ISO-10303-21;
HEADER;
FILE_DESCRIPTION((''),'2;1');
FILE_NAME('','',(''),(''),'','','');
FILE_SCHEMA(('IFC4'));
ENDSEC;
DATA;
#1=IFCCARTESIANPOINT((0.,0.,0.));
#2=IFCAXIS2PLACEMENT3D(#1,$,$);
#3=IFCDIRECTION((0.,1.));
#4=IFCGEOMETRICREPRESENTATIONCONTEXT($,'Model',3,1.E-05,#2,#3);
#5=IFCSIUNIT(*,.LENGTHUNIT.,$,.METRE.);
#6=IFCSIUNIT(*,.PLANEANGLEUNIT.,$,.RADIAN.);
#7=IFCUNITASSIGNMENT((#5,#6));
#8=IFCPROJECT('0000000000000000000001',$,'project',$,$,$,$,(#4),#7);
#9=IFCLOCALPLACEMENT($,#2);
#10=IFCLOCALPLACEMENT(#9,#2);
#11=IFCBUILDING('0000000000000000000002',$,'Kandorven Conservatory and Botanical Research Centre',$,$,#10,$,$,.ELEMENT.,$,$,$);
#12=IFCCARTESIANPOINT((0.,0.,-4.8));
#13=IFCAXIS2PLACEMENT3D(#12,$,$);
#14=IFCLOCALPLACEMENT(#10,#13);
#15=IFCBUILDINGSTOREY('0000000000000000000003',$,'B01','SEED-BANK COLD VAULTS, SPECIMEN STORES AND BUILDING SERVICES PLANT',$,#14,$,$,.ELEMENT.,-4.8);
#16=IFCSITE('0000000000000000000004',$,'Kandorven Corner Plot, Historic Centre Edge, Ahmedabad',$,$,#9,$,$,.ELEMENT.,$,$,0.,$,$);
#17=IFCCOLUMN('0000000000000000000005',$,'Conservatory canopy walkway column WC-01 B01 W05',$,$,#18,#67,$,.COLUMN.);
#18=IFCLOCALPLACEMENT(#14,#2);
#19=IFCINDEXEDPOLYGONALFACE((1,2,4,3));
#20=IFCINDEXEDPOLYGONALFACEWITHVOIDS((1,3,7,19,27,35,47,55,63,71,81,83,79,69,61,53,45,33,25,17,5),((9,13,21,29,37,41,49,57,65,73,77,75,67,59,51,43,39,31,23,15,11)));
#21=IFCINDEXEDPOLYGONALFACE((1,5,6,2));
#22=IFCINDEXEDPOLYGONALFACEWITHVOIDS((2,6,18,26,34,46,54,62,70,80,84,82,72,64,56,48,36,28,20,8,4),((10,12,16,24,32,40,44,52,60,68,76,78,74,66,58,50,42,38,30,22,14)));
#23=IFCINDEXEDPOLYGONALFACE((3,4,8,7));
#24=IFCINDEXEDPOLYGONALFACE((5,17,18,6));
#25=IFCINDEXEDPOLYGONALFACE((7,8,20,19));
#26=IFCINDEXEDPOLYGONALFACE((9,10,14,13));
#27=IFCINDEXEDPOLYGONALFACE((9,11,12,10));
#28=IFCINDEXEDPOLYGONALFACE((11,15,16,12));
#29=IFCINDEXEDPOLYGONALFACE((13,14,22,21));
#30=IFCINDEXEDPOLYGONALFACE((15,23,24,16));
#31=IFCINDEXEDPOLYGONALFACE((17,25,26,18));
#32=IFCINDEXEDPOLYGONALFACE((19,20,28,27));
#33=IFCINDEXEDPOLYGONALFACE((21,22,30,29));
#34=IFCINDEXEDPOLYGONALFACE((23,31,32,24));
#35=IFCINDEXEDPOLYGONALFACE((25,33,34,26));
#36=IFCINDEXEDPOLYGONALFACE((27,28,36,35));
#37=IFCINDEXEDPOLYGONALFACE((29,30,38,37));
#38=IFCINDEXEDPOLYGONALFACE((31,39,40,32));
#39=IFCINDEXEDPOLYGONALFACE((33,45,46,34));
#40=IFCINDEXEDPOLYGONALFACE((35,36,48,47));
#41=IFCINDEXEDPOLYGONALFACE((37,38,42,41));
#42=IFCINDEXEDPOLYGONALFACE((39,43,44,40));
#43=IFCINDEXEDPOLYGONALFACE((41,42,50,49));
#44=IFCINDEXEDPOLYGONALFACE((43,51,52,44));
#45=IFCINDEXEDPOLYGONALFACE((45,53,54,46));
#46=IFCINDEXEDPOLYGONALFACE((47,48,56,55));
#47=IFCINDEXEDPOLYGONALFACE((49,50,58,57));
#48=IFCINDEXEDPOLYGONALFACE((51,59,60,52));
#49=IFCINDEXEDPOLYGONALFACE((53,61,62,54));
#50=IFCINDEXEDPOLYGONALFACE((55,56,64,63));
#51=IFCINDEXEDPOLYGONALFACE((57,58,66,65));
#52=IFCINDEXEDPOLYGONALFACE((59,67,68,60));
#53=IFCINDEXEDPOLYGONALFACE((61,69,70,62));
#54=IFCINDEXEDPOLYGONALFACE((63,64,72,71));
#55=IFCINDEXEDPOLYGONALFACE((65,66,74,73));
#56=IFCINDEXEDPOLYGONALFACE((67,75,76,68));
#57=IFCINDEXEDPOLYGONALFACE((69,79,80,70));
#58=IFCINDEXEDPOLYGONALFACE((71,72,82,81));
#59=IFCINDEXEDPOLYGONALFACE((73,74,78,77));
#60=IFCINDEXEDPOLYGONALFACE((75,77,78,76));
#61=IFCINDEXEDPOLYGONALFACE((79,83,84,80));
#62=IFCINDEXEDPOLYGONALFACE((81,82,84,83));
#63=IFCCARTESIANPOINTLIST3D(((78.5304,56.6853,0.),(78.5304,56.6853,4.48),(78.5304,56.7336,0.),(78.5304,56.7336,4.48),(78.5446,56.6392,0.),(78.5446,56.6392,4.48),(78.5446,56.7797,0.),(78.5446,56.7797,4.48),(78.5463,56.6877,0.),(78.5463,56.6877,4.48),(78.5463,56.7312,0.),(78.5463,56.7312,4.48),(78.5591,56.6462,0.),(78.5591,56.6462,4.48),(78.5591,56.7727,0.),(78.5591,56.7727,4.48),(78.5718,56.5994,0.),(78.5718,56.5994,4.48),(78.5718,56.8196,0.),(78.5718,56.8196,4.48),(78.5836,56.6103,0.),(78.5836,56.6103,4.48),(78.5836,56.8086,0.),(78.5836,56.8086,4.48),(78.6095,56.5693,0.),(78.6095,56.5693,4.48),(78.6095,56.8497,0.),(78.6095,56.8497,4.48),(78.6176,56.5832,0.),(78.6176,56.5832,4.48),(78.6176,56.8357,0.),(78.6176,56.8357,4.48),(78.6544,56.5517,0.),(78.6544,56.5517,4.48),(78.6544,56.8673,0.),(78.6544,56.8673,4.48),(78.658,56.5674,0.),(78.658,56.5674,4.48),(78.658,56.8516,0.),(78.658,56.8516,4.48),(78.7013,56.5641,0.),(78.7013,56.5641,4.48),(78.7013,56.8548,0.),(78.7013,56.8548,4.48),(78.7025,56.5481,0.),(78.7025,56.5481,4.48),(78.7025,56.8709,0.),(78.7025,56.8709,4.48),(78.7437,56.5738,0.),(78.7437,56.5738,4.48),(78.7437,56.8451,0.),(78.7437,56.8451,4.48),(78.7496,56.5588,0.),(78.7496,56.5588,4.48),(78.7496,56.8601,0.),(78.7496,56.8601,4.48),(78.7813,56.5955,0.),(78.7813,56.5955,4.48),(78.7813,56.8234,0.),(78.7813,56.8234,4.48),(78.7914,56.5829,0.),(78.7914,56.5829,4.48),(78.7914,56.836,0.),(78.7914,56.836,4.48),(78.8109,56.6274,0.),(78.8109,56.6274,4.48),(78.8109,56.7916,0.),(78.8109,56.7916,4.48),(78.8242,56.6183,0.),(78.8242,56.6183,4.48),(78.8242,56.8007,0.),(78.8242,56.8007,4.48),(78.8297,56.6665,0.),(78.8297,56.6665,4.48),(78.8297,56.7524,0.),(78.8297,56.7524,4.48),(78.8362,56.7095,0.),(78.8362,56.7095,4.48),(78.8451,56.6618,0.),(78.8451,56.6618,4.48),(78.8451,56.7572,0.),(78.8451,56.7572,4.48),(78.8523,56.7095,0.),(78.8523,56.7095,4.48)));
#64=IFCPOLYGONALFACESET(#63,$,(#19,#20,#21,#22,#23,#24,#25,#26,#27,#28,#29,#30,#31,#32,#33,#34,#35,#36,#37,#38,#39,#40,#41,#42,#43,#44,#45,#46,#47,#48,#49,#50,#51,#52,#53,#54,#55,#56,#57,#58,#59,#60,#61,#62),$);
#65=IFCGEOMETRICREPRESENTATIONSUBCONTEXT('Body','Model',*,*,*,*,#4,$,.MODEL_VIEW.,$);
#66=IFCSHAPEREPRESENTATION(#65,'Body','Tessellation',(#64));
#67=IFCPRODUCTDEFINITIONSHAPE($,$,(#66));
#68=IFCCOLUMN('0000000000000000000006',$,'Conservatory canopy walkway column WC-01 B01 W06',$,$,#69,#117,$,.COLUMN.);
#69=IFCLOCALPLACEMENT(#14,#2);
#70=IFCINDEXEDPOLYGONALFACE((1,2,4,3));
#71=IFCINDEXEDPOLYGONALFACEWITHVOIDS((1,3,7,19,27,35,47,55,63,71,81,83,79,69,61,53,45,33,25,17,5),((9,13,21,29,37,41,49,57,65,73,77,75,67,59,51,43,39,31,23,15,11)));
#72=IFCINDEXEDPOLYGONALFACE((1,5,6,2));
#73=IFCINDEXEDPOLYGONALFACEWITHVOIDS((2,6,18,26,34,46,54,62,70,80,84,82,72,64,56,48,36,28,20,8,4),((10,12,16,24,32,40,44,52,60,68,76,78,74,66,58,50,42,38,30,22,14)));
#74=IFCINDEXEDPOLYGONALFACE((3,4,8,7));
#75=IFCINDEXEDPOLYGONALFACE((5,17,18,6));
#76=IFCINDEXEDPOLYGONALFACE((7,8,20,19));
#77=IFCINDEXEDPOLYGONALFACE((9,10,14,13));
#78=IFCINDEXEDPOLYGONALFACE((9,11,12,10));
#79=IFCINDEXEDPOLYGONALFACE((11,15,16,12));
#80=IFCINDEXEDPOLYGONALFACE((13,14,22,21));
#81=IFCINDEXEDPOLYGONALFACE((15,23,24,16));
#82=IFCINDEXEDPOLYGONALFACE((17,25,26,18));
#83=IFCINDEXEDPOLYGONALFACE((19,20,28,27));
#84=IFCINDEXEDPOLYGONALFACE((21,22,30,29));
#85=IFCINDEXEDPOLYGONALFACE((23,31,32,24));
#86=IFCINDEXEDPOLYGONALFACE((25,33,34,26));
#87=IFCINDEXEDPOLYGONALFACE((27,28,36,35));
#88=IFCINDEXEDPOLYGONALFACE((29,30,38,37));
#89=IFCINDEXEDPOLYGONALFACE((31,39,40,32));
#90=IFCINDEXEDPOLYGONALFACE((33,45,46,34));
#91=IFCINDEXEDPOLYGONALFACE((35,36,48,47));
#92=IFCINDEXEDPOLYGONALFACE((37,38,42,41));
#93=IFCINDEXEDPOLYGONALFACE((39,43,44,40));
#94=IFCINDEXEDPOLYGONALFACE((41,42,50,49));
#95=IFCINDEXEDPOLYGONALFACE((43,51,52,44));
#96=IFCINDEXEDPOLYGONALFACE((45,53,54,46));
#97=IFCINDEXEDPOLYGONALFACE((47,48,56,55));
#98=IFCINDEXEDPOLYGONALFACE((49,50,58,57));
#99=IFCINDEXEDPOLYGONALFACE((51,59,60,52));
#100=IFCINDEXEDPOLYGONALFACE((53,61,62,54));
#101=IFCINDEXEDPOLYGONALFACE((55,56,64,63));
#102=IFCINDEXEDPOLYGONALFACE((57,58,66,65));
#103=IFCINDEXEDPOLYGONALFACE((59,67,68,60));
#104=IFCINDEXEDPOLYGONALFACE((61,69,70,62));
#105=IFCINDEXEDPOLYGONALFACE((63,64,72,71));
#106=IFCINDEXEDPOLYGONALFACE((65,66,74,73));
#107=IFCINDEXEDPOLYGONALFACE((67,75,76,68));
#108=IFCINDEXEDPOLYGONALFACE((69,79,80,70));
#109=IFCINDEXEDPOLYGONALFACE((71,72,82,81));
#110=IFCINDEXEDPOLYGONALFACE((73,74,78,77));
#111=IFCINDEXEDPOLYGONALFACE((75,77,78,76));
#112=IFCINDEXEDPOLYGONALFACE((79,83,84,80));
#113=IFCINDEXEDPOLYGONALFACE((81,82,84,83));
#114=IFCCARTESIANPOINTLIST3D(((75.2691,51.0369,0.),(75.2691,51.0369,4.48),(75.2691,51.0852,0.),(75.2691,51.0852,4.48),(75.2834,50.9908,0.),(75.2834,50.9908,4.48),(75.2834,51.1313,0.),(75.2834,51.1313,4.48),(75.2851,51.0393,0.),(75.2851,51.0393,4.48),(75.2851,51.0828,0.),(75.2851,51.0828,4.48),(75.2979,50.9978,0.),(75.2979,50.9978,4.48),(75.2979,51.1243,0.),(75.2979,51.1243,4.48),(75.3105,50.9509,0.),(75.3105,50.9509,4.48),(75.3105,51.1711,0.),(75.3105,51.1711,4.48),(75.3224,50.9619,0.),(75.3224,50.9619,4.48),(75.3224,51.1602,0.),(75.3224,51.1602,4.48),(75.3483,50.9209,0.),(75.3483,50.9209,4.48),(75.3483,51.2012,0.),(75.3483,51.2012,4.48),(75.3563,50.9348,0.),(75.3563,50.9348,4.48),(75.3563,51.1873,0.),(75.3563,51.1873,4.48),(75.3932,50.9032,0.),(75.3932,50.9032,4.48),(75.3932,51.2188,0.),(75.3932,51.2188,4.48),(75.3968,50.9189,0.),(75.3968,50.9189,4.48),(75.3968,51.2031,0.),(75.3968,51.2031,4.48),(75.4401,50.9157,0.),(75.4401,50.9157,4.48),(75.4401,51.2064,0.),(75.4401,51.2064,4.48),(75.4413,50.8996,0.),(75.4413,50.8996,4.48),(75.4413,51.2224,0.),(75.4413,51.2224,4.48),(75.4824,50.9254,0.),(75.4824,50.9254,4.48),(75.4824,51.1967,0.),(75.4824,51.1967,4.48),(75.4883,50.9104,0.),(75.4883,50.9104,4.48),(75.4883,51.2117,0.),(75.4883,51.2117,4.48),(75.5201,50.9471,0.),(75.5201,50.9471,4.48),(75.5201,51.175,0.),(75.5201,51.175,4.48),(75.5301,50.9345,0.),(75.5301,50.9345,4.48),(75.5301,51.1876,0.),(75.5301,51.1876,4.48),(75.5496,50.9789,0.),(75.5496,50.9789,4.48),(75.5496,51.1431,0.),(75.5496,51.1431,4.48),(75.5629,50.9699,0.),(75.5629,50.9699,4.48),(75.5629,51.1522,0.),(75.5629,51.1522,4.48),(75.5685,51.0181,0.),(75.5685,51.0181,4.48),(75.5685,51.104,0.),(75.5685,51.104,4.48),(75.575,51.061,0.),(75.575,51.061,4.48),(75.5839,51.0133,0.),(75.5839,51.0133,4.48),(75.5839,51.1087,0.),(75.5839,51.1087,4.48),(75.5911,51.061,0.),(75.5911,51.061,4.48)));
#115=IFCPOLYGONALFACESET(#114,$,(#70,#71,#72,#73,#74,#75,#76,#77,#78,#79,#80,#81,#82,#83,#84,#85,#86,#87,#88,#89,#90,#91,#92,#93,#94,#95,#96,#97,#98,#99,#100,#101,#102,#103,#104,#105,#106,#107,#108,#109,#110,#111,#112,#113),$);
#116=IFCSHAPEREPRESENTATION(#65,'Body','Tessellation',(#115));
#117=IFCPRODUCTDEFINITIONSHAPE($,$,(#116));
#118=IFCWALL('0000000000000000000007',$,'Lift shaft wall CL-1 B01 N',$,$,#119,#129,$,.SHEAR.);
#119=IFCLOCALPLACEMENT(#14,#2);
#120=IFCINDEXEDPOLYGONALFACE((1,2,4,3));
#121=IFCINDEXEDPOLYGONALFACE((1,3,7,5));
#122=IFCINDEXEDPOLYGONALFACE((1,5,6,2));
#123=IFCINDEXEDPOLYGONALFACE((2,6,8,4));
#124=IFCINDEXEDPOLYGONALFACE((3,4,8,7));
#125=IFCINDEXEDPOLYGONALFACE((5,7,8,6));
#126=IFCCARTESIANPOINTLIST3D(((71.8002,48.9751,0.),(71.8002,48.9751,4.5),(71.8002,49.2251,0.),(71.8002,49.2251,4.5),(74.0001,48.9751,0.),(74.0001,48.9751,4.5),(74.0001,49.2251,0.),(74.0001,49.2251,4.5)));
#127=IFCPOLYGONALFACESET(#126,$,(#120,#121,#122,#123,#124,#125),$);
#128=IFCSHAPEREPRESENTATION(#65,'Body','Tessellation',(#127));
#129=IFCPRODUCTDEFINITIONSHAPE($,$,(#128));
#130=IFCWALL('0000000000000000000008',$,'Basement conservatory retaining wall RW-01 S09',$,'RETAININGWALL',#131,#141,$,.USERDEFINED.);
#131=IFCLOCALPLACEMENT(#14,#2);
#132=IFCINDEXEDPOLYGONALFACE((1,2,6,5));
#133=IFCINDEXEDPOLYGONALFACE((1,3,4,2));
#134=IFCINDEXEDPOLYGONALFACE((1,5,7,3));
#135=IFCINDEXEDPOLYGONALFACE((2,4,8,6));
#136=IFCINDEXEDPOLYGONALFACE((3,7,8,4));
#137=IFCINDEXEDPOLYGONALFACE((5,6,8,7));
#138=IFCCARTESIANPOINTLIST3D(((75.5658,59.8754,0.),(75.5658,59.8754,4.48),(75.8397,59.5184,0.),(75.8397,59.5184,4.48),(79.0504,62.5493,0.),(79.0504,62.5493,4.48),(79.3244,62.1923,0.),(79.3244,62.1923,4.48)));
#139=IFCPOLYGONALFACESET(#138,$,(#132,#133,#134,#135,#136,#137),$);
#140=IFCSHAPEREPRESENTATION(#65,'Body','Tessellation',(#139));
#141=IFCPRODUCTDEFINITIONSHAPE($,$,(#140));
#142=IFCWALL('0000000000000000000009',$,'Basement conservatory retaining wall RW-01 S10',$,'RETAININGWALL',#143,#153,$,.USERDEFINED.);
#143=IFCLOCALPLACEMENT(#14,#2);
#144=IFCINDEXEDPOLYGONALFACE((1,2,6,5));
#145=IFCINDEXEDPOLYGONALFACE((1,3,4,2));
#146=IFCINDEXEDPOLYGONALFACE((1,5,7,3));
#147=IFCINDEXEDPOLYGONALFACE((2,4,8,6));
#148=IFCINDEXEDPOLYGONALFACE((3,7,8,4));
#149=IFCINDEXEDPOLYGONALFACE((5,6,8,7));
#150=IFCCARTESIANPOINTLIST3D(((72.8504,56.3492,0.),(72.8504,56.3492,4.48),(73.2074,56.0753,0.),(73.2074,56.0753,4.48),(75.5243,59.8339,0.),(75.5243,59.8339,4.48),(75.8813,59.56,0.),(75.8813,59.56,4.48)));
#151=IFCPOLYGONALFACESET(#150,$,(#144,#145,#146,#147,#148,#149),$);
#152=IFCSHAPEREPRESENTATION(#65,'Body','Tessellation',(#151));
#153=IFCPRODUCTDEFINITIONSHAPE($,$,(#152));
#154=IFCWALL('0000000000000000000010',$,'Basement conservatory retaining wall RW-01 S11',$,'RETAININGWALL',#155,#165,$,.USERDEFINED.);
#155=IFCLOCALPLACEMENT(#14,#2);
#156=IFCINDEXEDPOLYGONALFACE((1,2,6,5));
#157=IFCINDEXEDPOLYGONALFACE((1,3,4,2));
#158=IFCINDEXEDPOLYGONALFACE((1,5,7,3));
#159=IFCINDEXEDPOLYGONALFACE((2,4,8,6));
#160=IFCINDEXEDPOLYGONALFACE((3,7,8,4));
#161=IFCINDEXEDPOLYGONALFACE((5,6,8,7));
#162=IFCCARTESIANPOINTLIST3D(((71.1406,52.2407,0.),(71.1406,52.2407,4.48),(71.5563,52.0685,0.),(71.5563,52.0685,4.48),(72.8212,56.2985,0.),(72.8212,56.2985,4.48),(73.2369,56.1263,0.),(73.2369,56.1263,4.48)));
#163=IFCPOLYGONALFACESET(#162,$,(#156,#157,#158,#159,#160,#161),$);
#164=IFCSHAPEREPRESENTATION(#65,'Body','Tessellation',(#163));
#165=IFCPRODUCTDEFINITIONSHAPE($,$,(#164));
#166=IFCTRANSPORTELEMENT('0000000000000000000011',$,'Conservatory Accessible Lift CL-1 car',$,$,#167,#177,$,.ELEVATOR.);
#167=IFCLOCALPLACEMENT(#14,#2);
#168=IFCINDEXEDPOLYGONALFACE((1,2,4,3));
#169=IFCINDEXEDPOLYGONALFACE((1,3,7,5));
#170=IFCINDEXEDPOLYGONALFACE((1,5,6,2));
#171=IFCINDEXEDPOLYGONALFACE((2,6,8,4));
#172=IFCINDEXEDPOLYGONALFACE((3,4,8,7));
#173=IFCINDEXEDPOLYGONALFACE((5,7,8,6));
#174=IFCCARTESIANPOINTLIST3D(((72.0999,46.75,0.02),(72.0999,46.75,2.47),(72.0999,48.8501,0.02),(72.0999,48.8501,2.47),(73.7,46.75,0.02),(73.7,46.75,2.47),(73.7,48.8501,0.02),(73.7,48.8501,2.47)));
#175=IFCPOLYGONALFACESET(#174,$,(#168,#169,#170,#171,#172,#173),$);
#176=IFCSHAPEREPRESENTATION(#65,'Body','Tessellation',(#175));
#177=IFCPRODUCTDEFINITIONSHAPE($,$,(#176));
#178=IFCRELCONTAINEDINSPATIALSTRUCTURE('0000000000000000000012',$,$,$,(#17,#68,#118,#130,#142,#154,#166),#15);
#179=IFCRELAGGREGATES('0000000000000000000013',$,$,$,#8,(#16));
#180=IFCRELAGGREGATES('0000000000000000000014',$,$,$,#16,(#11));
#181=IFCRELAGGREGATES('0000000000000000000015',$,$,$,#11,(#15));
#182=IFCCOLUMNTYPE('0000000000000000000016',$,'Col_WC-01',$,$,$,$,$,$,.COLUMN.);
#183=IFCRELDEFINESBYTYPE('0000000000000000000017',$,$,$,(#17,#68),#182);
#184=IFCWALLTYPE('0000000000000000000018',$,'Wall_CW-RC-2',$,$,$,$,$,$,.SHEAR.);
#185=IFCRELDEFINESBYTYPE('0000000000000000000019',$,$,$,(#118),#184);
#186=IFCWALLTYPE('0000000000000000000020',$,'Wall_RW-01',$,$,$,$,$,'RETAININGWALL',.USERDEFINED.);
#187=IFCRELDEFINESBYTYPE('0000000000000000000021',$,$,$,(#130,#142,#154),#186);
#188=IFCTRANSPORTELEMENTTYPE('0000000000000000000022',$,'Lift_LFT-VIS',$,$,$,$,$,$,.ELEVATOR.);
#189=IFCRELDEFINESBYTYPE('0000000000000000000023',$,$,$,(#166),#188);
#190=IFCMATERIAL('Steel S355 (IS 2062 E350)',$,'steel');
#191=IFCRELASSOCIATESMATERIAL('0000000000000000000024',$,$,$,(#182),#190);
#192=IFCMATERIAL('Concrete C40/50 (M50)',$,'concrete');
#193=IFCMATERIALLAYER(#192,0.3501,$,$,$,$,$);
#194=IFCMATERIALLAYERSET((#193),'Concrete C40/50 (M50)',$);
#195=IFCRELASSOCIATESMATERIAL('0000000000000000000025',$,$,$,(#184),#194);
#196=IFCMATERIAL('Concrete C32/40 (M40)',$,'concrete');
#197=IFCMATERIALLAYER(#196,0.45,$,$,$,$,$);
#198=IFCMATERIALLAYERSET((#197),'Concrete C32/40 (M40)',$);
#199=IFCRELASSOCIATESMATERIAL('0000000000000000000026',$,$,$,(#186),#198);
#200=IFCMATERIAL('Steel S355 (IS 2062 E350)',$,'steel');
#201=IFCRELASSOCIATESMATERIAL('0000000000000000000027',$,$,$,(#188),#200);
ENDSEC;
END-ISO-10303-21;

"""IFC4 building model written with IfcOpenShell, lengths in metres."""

from ifc_helpers import new_model, si_unit, direction, frame, frame_2d, origin, origin_2d, place, context, subcontext, project, spatial, rectangle, hollow_circle, extrude, material, layer, layer_set, material_profile, profile_set, type_object, element, save


model = new_model("IFC4")

# Units and contexts
model_context = context("Model", 3, precision=1e-05, world=origin(), true_north=direction((0.0, 1.0)))
body_context = subcontext(model_context, "Body", "Model", "MODEL_VIEW")
ifc_project = project(units=[si_unit("LENGTHUNIT", "METRE"), si_unit("PLANEANGLEUNIT", "RADIAN")], contexts=[model_context])

# Site, building, storey
site_placement = place(None, origin())
site = spatial("IfcSite", under=ifc_project, at=site_placement, Name="Kandorven Corner Plot, Historic Centre Edge, Ahmedabad", CompositionType="ELEMENT", RefElevation=0.0)
building_placement = place(site_placement, origin())
building = spatial("IfcBuilding", under=site, at=building_placement, Name="Kandorven Conservatory and Botanical Research Centre", CompositionType="ELEMENT")
storey_placement = place(building_placement, frame((0.0, 0.0, -4.8)))
storey = spatial("IfcBuildingStorey", under=building, at=storey_placement, Name="B01", Description="SEED-BANK COLD VAULTS, SPECIMEN STORES AND BUILDING SERVICES PLANT", CompositionType="ELEMENT", Elevation=-4.8)

# Columns
ifc_material_1 = material(Name="Steel S355 (IS 2062 E350)", Category="steel")
ifc_material_profile_1 = material_profile(ifc_material_1, hollow_circle(Radius=0.1619, WallThickness=0.0161, at=origin_2d()))
ifc_profile_set_1 = profile_set([ifc_material_profile_1], Name="Steel S355 (IS 2062 E350)")
column_type_1 = type_object("IfcColumnType", Name="Col_WC-01", PredefinedType="COLUMN", material=ifc_profile_set_1)
for number, where, z_axis, x_axis, name in (
    (1, (78.6904, 56.7095, 0.0), (0.0, 0.0, 1.0), (1.0, 0.0, 0.0), "Conservatory canopy walkway column WC-01 B01 W05"),
    (2, (75.4292, 51.061, 0.0), (0.0, 0.0, 1.0), (1.0, 0.0, 0.0), "Conservatory canopy walkway column WC-01 B01 W06"),
):
    element("IfcColumn", number, at=place(storey_placement, frame(where, z_axis=z_axis, x_axis=x_axis)), inside=storey, type_object=column_type_1, Name=name, PredefinedType="COLUMN", context=body_context, shape_type="SweptSolid", body=[
        extrude(hollow_circle(Radius=0.1619, WallThickness=0.0161, at=origin_2d()), origin(), (0.0, 0.0, 1.0), 4.48),
    ])

# Walls
ifc_material_2 = material(Name="Concrete C40/50 (M50)", Category="concrete")
ifc_layer_1 = layer(ifc_material_2, 0.3501)
ifc_layer_set_1 = layer_set([ifc_layer_1], Name="Concrete C40/50 (M50)")
wall_type_1 = type_object("IfcWallType", Name="Wall_CW-RC-2", PredefinedType="SHEAR", material=ifc_layer_set_1)
wall_1_placement = place(storey_placement, frame((71.8, 49.1001, 0.0), z_axis=(0.0, 0.0, 1.0), x_axis=(1.0, 0.0, 0.0)))
element("IfcWall", 3, at=wall_1_placement, inside=storey, type_object=wall_type_1, Name="Lift shaft wall CL-1 B01 N", PredefinedType="SHEAR", context=body_context, shape_type="SweptSolid", body=[
    extrude(rectangle(XDim=2.2, YDim=0.25, at=frame_2d((1.1001, 0.0))), origin(), (0.0, 0.0, 1.0), 4.5),
])
ifc_material_3 = material(Name="Concrete C32/40 (M40)", Category="concrete")
ifc_layer_2 = layer(ifc_material_3, 0.45)
ifc_layer_set_2 = layer_set([ifc_layer_2], Name="Concrete C32/40 (M40)")
wall_type_2 = type_object("IfcWallType", Name="Wall_RW-01", ElementType="RETAININGWALL", PredefinedType="USERDEFINED", material=ifc_layer_set_2)
for number, where, z_axis, x_axis, name in (
    (4, (79.1875, 62.3708, 0.0), (0.0, 0.0, 1.0), (-0.793355, -0.608759, 0.0), "Basement conservatory retaining wall RW-01 S09"),
    (5, (75.7029, 59.697, 0.0), (0.0, 0.0, 1.0), (-0.608759, -0.793355, 0.0), "Basement conservatory retaining wall RW-01 S10"),
):
    element("IfcWall", number, at=place(storey_placement, frame(where, z_axis=z_axis, x_axis=x_axis)), inside=storey, type_object=wall_type_2, Name=name, ObjectType="RETAININGWALL", PredefinedType="USERDEFINED", context=body_context, shape_type="SweptSolid", body=[
        extrude(rectangle(XDim=4.3923, YDim=0.45, at=frame_2d((2.1963, 0.0))), origin(), (0.0, 0.0, 1.0), 4.48),
    ])
wall_2_placement = place(storey_placement, frame((73.0291, 56.2124, 0.0), z_axis=(0.0, 0.0, 1.0), x_axis=(-0.382653, -0.923892, 0.0)))
element("IfcWall", 6, at=wall_2_placement, inside=storey, type_object=wall_type_2, Name="Basement conservatory retaining wall RW-01 S11", ObjectType="RETAININGWALL", PredefinedType="USERDEFINED", context=body_context, shape_type="SweptSolid", body=[
    extrude(rectangle(XDim=4.3921, YDim=0.45, at=frame_2d((2.196, 0.0))), origin(), (0.0, 0.0, 1.0), 4.48),
])

# Transport element
ifc_material_4 = material(Name="Steel S355 (IS 2062 E350)", Category="steel")
transport_element_type = type_object("IfcTransportElementType", Name="Lift_LFT-VIS", PredefinedType="ELEVATOR", material=ifc_material_4)
transport_element_placement = place(storey_placement, frame((72.8999, 47.8, 0.02), z_axis=(0.0, 0.0, 1.0), x_axis=(1.0, 0.0, 0.0)))
element("IfcTransportElement", 7, at=transport_element_placement, inside=storey, type_object=transport_element_type, Name="Conservatory Accessible Lift CL-1 car", PredefinedType="ELEVATOR", context=body_context, shape_type="SweptSolid", body=[
    extrude(rectangle(XDim=1.6001, YDim=2.1001, at=origin_2d()), origin(), (0.0, 0.0, 1.0), 2.45),
])

save(model, "model.ifc")
